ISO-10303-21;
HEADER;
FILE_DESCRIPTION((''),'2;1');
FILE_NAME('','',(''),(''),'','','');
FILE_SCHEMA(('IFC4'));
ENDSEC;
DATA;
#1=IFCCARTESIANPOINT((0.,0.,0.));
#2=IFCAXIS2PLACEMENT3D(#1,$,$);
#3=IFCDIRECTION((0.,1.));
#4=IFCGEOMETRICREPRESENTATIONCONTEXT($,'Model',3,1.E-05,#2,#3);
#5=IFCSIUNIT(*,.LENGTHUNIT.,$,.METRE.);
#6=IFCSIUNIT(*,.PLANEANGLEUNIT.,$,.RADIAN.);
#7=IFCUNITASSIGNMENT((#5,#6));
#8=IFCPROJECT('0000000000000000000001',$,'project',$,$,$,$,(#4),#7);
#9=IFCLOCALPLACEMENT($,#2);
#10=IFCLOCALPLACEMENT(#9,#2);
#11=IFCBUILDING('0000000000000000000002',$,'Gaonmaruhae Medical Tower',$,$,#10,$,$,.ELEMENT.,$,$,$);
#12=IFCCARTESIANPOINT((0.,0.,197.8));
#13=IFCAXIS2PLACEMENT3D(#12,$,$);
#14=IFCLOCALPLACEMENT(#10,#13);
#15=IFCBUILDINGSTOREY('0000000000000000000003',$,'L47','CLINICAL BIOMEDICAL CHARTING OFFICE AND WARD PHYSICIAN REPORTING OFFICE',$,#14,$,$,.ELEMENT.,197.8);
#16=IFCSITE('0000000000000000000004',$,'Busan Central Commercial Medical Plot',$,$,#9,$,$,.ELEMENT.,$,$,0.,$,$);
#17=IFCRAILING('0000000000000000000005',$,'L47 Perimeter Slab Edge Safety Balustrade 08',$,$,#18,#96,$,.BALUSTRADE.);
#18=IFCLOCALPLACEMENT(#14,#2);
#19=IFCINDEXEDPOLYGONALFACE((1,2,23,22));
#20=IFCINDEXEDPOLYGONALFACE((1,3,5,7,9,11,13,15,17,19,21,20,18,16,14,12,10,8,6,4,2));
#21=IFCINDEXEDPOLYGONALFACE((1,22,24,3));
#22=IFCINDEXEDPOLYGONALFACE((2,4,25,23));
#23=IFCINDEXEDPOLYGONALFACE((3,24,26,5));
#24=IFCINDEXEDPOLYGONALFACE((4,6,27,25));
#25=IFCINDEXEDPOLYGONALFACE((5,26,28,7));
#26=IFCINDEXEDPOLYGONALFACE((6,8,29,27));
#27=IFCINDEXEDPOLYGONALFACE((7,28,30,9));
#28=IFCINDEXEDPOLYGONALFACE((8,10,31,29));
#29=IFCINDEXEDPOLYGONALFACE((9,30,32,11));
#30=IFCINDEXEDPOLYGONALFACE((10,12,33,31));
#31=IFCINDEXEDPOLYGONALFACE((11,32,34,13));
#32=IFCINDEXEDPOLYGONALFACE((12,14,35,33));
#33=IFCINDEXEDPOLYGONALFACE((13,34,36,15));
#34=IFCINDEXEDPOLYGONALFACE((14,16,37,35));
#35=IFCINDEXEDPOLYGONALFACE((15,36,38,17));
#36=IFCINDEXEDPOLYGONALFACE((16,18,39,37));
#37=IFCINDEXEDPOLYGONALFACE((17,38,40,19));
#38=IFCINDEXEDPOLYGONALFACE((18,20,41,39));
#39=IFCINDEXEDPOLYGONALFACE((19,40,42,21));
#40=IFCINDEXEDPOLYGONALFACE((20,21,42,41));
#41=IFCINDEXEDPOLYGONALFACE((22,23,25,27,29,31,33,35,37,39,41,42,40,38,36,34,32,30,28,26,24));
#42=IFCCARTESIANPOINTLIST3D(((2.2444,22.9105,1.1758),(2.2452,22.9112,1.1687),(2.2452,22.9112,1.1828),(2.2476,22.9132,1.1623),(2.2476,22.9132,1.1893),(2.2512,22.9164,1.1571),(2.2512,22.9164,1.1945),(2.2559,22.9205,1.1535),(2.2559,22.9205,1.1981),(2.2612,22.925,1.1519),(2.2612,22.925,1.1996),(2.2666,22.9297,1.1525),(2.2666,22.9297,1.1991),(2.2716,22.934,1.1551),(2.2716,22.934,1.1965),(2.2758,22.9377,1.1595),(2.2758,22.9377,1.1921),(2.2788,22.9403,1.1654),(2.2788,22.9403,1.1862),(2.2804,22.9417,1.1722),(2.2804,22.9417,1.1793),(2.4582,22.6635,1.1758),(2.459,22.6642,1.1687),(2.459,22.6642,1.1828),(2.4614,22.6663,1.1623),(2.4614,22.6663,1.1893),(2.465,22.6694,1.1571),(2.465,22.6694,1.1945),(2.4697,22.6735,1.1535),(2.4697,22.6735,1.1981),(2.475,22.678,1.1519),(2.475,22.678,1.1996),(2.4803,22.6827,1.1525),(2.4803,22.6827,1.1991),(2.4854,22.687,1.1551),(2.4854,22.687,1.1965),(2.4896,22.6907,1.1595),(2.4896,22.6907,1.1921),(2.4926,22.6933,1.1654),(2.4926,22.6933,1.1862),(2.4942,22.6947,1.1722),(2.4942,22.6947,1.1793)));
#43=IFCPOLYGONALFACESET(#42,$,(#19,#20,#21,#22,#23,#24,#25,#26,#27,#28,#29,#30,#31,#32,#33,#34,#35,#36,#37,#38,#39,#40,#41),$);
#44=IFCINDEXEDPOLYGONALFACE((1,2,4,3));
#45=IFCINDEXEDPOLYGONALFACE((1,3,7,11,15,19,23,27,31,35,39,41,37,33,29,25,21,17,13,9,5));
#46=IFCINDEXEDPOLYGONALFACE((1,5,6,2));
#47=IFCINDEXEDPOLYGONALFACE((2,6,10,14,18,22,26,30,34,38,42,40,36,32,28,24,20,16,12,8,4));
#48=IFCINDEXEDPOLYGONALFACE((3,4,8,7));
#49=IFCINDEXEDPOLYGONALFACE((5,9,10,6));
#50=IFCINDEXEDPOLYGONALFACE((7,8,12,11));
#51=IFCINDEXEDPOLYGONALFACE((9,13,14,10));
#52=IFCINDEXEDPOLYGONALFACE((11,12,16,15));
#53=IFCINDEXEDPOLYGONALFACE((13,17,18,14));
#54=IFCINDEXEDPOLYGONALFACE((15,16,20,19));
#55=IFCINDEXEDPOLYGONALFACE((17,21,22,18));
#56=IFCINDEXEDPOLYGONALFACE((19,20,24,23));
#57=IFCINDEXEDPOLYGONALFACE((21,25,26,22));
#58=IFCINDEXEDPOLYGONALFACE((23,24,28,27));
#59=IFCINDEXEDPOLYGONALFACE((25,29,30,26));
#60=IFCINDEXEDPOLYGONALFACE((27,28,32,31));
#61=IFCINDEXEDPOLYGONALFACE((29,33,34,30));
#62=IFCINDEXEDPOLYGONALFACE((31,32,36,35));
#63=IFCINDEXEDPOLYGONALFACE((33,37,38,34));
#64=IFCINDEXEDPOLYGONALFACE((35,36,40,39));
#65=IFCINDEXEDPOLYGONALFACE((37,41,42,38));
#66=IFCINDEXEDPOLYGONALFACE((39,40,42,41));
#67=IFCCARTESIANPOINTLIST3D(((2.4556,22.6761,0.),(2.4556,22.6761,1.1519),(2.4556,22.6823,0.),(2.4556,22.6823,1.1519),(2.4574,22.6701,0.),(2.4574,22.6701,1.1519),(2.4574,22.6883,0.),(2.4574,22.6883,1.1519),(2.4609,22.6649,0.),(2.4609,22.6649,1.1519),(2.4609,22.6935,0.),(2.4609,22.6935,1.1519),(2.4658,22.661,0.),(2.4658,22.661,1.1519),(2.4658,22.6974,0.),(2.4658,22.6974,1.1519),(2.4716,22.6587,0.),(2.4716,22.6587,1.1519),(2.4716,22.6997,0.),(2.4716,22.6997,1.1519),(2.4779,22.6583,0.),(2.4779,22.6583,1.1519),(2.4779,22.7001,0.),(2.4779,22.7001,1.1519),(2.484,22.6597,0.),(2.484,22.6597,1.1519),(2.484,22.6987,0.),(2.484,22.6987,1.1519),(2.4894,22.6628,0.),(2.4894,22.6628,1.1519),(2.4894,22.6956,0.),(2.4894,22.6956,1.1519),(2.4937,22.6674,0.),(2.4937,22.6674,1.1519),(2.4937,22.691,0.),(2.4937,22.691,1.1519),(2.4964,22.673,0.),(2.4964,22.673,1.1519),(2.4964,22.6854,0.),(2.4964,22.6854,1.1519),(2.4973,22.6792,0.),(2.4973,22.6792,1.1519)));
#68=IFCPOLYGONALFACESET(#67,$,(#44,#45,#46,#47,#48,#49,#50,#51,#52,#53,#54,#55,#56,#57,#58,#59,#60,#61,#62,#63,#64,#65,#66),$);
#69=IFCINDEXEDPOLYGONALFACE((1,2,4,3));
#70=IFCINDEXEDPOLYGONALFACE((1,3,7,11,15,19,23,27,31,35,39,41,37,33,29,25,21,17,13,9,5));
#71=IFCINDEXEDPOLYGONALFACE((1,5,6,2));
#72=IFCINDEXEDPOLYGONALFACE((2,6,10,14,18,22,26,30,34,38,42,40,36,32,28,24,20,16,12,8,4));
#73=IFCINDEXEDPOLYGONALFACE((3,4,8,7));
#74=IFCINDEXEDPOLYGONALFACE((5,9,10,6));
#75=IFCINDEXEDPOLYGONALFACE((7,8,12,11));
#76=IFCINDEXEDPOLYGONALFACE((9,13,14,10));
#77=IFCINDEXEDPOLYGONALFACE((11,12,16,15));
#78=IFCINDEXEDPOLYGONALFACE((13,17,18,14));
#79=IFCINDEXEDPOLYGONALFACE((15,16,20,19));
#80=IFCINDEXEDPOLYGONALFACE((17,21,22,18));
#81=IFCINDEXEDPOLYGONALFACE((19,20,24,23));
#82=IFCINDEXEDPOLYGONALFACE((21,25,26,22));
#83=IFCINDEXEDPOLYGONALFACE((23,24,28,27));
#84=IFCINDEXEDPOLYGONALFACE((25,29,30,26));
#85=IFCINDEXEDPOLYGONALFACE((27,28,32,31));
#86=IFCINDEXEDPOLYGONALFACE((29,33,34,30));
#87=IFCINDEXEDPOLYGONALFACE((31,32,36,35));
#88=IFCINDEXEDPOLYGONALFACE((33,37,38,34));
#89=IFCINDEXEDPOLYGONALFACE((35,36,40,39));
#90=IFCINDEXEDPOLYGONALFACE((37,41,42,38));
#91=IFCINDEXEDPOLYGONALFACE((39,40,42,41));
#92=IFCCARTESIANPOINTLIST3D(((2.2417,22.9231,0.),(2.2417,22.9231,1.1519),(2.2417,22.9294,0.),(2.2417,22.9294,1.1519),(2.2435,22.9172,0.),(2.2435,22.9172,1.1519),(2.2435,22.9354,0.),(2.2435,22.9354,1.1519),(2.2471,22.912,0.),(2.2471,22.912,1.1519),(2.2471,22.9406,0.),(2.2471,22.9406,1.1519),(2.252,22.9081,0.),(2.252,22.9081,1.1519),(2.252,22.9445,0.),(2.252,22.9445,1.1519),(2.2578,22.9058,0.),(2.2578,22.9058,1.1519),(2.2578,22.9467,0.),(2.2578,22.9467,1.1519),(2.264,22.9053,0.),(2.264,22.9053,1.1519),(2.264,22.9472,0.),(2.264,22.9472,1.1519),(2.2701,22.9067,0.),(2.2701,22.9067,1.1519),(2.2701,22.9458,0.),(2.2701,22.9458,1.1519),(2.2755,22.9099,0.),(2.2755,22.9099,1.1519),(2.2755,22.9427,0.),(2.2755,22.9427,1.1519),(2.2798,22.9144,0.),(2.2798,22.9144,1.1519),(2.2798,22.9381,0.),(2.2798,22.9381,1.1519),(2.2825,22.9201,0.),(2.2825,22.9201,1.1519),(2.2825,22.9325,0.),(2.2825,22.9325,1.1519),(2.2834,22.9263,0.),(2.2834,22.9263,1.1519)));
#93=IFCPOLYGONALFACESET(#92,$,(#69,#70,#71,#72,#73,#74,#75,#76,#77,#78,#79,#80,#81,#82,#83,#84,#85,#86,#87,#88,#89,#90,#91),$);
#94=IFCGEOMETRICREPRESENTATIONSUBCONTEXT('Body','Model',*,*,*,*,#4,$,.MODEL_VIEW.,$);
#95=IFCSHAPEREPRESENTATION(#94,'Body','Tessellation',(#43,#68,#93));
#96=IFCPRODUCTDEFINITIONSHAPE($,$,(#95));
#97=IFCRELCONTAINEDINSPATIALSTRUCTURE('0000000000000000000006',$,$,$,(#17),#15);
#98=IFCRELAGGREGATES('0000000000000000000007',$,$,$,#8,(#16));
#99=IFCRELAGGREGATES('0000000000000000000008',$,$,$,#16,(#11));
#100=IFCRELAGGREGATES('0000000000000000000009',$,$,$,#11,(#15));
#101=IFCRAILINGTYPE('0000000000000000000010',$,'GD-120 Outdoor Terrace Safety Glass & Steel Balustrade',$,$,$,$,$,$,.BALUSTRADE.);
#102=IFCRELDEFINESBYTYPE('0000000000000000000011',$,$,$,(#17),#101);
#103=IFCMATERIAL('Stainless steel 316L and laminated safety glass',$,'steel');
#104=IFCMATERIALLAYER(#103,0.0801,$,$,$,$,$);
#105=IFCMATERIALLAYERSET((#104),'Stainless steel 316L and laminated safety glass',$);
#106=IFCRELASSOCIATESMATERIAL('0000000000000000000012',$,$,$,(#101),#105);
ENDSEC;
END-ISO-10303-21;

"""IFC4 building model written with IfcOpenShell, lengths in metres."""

from ifc_helpers import new_model, si_unit, direction, frame, origin, origin_2d, place, context, subcontext, project, spatial, circle, extrude, material, layer, layer_set, type_object, element, save


model = new_model("IFC4")

# Units and contexts
model_context = context("Model", 3, precision=1e-05, world=origin(), true_north=direction((0.0, 1.0)))
body_context = subcontext(model_context, "Body", "Model", "MODEL_VIEW")
ifc_project = project(units=[si_unit("LENGTHUNIT", "METRE"), si_unit("PLANEANGLEUNIT", "RADIAN")], contexts=[model_context])

# Site, building, storey
site_placement = place(None, origin())
site = spatial("IfcSite", under=ifc_project, at=site_placement, Name="Busan Central Commercial Medical Plot", CompositionType="ELEMENT", RefElevation=0.0)
building_placement = place(site_placement, origin())
building = spatial("IfcBuilding", under=site, at=building_placement, Name="Gaonmaruhae Medical Tower", CompositionType="ELEMENT")
storey_placement = place(building_placement, frame((0.0, 0.0, 197.8)))
storey = spatial("IfcBuildingStorey", under=building, at=storey_placement, Name="L47", Description="CLINICAL BIOMEDICAL CHARTING OFFICE AND WARD PHYSICIAN REPORTING OFFICE", CompositionType="ELEMENT", Elevation=197.8)

# Railing
ifc_material_1 = material(Name="Stainless steel 316L and laminated safety glass", Category="steel")
ifc_layer_1 = layer(ifc_material_1, 0.0801)
ifc_layer_set_1 = layer_set([ifc_layer_1], Name="Stainless steel 316L and laminated safety glass")
railing_type = type_object("IfcRailingType", Name="GD-120 Outdoor Terrace Safety Glass & Steel Balustrade", PredefinedType="BALUSTRADE", material=ifc_layer_set_1)
railing_1_placement = place(storey_placement, frame((2.4763, 22.6792, 0.0)))
element("IfcRailing", 1, at=railing_1_placement, inside=storey, type_object=railing_type, Name="L47 Perimeter Slab Edge Safety Balustrade 08", PredefinedType="BALUSTRADE", context=body_context, shape_type="SweptSolid", body=[
    extrude(circle(Radius=0.0239, at=origin_2d()), frame((0.0, 0.0, 1.1758), z_axis=(-0.654475, 0.756083, 0.0), x_axis=(-0.756083, -0.654475, 0.0)), (0.0, 0.0, 1.0), 0.3267),
    extrude(circle(Radius=0.021, at=origin_2d()), origin(), (0.0, 0.0, 1.0), 1.1519),
    extrude(circle(Radius=0.021, at=origin_2d()), frame((-0.2139, 0.2471, 0.0)), (0.0, 0.0, 1.0), 1.1519),
])

save(model, "model.ifc")
